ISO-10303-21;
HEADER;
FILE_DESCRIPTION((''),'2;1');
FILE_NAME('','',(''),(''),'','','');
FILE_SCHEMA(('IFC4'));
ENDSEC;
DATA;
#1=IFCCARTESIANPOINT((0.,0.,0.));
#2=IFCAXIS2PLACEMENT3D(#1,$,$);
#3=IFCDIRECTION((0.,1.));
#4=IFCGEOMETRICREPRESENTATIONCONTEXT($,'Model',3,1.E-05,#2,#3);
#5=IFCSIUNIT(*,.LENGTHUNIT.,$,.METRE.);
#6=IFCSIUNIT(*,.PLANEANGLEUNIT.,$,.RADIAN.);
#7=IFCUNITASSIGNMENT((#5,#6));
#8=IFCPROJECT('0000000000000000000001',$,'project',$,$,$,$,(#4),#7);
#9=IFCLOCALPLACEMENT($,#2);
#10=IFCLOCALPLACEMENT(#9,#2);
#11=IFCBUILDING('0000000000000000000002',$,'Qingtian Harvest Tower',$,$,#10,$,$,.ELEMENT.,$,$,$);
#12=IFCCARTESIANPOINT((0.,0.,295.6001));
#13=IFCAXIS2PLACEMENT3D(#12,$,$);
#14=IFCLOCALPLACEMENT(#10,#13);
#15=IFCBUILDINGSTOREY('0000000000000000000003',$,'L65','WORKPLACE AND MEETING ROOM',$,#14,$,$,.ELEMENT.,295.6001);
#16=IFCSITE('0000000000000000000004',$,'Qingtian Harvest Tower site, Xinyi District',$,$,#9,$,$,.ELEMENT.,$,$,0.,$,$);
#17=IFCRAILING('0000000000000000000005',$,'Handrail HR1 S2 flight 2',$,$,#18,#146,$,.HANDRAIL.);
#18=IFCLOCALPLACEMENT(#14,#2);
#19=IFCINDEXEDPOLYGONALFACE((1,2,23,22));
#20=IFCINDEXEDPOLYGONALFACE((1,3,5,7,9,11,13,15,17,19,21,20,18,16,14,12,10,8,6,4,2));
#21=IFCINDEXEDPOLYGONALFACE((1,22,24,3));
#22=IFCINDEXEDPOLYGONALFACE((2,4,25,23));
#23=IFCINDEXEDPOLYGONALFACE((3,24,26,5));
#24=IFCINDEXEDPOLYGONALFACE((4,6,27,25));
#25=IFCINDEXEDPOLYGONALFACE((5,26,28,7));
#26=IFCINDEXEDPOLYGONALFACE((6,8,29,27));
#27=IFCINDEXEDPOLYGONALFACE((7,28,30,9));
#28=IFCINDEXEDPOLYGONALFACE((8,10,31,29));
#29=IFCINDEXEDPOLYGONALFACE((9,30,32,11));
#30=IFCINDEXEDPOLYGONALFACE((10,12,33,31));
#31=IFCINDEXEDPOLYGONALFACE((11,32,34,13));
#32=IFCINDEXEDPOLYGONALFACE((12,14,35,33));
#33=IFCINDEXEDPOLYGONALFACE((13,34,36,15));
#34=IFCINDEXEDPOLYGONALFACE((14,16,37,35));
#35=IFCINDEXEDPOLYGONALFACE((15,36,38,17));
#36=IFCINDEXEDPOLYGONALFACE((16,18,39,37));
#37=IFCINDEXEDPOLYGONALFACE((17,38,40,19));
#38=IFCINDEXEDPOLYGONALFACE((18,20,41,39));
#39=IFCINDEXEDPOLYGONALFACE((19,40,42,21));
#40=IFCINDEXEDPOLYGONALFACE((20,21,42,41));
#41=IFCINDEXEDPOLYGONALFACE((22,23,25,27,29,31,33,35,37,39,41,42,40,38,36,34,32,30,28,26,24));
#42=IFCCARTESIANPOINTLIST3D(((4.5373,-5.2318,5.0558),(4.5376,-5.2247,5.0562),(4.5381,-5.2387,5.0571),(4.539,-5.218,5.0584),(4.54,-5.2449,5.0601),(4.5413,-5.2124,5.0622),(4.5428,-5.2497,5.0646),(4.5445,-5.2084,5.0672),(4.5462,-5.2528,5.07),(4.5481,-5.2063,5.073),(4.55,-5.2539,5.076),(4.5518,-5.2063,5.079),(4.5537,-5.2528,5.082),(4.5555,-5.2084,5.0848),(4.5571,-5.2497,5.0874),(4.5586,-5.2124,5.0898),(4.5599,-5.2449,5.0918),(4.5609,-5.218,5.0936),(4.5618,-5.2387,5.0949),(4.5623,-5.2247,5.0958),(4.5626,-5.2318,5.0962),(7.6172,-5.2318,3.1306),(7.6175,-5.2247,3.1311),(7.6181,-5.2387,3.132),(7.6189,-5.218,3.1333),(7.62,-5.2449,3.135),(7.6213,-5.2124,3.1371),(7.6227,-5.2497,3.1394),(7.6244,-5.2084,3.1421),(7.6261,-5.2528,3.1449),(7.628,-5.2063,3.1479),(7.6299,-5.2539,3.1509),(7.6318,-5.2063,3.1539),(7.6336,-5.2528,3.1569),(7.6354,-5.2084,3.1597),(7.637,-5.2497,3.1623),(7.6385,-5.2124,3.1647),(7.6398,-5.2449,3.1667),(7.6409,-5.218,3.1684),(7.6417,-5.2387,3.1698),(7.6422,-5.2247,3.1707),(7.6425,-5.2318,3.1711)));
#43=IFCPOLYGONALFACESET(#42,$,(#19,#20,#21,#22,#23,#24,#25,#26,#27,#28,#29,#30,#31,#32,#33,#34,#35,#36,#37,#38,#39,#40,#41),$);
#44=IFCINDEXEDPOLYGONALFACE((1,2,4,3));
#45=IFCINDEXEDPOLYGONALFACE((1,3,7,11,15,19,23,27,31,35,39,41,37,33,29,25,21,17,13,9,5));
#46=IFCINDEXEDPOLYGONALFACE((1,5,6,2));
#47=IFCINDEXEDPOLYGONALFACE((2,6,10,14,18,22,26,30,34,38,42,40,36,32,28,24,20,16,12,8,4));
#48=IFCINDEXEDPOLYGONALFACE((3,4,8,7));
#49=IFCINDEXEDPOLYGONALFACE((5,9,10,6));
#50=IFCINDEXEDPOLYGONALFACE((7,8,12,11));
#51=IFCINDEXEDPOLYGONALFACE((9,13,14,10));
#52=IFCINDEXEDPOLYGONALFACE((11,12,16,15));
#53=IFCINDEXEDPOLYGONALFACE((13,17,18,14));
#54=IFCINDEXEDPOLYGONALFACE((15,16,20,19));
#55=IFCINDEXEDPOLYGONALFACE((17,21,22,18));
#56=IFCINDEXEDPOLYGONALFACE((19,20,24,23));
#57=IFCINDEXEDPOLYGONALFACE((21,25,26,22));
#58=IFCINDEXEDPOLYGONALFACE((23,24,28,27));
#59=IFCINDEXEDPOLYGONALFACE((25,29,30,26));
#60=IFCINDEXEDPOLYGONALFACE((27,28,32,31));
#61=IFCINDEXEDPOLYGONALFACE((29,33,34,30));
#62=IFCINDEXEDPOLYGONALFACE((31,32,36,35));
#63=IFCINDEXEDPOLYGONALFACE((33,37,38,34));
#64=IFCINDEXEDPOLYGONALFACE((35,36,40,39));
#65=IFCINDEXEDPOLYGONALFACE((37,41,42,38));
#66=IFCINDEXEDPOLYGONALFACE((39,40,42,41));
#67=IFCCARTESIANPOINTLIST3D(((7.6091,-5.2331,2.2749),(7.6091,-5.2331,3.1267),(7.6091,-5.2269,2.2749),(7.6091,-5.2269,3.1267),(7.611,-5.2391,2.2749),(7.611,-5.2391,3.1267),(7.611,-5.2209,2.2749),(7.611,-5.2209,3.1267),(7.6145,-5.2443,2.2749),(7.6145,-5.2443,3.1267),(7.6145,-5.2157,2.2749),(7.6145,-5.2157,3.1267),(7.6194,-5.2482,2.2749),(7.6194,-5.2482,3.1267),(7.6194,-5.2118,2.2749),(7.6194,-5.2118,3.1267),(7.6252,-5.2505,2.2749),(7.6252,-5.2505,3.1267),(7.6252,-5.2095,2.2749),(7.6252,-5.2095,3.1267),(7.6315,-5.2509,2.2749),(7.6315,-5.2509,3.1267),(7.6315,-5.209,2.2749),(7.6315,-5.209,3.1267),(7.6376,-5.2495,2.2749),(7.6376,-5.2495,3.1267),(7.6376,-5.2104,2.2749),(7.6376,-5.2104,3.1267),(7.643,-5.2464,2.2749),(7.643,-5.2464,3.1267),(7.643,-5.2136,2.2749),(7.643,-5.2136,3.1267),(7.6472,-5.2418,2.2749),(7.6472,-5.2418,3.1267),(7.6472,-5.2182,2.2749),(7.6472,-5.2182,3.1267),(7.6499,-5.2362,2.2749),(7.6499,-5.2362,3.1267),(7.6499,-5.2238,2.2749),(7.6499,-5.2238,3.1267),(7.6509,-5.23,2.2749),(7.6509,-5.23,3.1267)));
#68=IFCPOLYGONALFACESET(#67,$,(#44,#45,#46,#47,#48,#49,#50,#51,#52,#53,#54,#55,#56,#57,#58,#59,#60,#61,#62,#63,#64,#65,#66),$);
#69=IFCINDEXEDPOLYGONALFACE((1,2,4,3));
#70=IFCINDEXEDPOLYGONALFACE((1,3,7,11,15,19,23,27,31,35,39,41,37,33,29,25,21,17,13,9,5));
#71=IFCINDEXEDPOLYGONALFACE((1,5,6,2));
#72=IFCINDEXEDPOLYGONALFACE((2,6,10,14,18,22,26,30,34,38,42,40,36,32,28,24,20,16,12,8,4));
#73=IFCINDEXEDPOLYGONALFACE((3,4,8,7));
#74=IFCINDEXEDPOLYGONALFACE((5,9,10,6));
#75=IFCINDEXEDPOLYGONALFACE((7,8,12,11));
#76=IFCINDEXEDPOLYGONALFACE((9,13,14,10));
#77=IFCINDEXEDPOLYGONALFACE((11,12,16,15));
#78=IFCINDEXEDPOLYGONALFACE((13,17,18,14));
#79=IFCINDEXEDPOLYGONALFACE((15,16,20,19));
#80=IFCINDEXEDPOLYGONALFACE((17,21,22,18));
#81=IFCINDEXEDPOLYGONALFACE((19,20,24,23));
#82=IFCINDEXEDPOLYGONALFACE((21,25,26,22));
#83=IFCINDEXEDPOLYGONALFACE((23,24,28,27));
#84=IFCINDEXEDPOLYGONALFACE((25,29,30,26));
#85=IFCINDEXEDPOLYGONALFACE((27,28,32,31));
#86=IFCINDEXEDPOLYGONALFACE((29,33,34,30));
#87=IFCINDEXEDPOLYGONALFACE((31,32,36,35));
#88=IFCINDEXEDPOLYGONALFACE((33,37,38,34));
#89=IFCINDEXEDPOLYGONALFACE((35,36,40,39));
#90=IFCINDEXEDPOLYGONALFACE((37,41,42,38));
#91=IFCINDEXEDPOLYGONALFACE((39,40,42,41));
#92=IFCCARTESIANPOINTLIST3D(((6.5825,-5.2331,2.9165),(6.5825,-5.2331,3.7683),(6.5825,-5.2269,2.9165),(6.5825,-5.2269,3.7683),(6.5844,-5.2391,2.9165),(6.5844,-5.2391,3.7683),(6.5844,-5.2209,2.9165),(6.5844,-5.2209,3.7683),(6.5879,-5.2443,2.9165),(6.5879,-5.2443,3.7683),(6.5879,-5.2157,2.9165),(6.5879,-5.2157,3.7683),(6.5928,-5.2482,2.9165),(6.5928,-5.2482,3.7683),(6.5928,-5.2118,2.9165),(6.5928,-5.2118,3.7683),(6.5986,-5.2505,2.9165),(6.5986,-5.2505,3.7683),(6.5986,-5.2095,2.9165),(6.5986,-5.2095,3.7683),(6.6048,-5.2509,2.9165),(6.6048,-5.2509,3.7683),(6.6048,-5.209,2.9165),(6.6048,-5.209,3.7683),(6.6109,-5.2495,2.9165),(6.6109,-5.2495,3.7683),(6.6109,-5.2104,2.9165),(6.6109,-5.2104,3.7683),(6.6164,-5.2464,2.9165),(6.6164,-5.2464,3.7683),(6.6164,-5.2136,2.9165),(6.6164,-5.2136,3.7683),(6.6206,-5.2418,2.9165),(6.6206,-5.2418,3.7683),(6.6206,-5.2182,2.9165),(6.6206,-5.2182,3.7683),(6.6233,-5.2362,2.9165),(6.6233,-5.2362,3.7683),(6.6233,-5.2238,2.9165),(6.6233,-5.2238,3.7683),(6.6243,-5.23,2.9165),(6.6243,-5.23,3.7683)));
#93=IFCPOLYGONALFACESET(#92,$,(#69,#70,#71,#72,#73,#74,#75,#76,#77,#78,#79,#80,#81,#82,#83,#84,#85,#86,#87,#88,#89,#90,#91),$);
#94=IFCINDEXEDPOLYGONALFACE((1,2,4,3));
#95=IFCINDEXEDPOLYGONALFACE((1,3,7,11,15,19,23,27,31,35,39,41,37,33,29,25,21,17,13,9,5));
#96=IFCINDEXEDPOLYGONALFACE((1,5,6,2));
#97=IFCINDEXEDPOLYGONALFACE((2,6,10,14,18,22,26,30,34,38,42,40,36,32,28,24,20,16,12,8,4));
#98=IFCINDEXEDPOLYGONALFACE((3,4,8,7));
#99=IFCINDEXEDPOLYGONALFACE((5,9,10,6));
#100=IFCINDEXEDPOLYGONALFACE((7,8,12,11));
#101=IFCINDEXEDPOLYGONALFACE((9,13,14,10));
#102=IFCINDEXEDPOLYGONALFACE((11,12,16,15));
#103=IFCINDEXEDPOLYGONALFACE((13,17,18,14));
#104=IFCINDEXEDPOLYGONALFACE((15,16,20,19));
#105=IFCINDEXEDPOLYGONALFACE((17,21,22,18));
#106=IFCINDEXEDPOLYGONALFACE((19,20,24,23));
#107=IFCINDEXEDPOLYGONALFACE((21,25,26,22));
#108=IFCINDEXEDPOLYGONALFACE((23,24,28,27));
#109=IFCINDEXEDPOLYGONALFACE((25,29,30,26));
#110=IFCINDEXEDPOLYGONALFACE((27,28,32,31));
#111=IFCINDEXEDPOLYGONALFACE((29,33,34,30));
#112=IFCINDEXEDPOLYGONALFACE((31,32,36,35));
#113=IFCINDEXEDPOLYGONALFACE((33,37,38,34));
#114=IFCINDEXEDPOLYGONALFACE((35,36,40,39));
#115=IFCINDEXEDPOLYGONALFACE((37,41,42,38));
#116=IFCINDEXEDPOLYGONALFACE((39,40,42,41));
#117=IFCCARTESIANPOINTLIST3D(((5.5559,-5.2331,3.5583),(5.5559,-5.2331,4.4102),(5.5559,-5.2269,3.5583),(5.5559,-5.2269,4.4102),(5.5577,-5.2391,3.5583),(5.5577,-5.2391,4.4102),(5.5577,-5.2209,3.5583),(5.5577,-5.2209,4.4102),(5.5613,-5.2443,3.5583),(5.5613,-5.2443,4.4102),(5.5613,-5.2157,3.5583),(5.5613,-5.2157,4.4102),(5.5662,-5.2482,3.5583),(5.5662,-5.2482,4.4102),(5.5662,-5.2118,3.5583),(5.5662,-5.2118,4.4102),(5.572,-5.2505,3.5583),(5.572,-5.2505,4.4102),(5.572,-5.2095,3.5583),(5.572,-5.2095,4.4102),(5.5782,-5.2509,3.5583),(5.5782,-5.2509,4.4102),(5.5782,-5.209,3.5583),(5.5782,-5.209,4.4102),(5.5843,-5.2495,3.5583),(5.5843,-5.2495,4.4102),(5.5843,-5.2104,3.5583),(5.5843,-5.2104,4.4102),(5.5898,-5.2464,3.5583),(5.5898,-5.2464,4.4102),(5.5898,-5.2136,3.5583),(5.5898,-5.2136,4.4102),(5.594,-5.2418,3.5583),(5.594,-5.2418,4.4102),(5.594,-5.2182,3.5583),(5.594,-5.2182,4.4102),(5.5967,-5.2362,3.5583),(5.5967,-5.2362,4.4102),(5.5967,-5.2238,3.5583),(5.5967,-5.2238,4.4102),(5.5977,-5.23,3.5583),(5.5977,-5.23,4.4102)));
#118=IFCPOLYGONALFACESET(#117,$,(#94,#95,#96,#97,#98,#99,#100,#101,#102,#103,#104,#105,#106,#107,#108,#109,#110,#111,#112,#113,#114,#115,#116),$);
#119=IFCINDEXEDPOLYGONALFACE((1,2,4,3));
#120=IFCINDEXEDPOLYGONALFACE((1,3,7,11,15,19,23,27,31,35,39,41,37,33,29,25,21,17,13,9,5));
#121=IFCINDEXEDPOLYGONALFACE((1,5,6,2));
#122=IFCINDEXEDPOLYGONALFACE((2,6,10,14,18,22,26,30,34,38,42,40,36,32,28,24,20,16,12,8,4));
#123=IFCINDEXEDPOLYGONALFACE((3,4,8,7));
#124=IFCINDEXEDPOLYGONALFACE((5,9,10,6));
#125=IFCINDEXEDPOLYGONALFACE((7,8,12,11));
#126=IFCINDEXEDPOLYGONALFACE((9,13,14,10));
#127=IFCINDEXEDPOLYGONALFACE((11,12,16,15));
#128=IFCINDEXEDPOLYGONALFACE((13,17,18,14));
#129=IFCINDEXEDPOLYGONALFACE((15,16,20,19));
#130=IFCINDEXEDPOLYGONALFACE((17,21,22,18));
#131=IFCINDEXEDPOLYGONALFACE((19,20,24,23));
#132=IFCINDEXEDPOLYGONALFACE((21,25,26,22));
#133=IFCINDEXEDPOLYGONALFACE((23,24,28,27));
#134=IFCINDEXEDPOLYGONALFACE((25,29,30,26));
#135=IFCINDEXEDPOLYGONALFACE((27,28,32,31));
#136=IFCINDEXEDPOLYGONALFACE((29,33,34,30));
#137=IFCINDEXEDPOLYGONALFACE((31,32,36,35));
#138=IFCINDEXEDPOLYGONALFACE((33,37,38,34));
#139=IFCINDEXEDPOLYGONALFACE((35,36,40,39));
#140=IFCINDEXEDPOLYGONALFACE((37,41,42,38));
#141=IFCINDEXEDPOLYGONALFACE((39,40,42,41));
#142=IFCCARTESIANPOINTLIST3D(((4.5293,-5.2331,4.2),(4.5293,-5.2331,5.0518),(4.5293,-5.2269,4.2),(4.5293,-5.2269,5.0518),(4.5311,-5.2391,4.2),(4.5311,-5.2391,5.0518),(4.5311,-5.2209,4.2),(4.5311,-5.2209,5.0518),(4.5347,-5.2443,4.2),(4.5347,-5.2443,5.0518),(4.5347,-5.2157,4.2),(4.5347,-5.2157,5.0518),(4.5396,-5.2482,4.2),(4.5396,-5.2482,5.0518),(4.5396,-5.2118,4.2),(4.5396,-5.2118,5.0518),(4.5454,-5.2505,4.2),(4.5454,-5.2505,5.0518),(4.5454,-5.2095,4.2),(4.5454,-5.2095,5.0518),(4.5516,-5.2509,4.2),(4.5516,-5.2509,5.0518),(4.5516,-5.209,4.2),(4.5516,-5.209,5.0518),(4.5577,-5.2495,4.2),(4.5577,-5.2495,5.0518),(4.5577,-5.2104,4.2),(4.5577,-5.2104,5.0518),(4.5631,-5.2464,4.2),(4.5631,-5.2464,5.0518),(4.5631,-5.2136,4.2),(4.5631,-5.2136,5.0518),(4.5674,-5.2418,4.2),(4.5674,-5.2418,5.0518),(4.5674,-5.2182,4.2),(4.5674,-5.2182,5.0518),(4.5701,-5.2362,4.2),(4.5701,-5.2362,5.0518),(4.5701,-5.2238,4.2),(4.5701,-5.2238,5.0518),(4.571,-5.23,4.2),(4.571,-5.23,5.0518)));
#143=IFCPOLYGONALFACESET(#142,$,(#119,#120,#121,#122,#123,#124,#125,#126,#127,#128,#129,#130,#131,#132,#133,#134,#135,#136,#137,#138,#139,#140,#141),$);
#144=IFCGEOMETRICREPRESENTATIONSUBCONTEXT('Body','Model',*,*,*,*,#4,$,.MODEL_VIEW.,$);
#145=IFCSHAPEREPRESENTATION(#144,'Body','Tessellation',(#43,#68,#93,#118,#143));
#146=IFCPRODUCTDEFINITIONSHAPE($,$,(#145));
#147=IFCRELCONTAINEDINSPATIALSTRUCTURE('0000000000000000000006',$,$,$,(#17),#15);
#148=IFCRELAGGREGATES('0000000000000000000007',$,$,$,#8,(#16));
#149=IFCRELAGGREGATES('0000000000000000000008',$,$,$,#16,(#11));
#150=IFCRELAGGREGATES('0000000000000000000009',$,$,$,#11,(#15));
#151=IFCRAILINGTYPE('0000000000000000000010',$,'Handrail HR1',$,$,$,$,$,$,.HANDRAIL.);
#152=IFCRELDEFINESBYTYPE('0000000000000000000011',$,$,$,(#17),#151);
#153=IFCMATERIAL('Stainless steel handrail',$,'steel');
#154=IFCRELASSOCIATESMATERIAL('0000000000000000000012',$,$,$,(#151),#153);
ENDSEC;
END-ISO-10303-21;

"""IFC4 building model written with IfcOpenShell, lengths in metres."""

from ifc_helpers import new_model, si_unit, direction, frame, origin, origin_2d, place, context, subcontext, project, spatial, circle, extrude, material, type_object, element, save


model = new_model("IFC4")

# Units and contexts
model_context = context("Model", 3, precision=1e-05, world=origin(), true_north=direction((0.0, 1.0)))
body_context = subcontext(model_context, "Body", "Model", "MODEL_VIEW")
ifc_project = project(units=[si_unit("LENGTHUNIT", "METRE"), si_unit("PLANEANGLEUNIT", "RADIAN")], contexts=[model_context])

# Site, building, storey
site_placement = place(None, origin())
site = spatial("IfcSite", under=ifc_project, at=site_placement, Name="Qingtian Harvest Tower site, Xinyi District", CompositionType="ELEMENT", RefElevation=0.0)
building_placement = place(site_placement, origin())
building = spatial("IfcBuilding", under=site, at=building_placement, Name="Qingtian Harvest Tower", CompositionType="ELEMENT")
storey_placement = place(building_placement, frame((0.0, 0.0, 295.6001)))
storey = spatial("IfcBuildingStorey", under=building, at=storey_placement, Name="L65", Description="WORKPLACE AND MEETING ROOM", CompositionType="ELEMENT", Elevation=295.6001)

# Railing
ifc_material_1 = material(Name="Stainless steel handrail", Category="steel")
railing_type = type_object("IfcRailingType", Name="Handrail HR1", PredefinedType="HANDRAIL", material=ifc_material_1)
railing_1_placement = place(storey_placement, frame((7.6299, -5.23, 2.2749)))
element("IfcRailing", 1, at=railing_1_placement, inside=storey, type_object=railing_type, Name="Handrail HR1 S2 flight 2", PredefinedType="HANDRAIL", context=body_context, shape_type="SweptSolid", body=[
    extrude(circle(Radius=0.0239, at=origin_2d()), frame((0.0, 0.0, 0.876), z_axis=(-0.847979, 0.0, 0.530029), x_axis=(0.0, -1.0, 0.0)), (0.0, 0.0, 1.0), 3.6321),
    extrude(circle(Radius=0.021, at=origin_2d()), origin(), (0.0, 0.0, 1.0), 0.8518),
    extrude(circle(Radius=0.021, at=origin_2d()), frame((-1.0266, 0.0, 0.6416)), (0.0, 0.0, 1.0), 0.8518),
    extrude(circle(Radius=0.021, at=origin_2d()), frame((-2.0532, 0.0, 1.2834)), (0.0, 0.0, 1.0), 0.8518),
    extrude(circle(Radius=0.021, at=origin_2d()), frame((-3.0798, 0.0, 1.925)), (0.0, 0.0, 1.0), 0.8518),
])

save(model, "model.ifc")
